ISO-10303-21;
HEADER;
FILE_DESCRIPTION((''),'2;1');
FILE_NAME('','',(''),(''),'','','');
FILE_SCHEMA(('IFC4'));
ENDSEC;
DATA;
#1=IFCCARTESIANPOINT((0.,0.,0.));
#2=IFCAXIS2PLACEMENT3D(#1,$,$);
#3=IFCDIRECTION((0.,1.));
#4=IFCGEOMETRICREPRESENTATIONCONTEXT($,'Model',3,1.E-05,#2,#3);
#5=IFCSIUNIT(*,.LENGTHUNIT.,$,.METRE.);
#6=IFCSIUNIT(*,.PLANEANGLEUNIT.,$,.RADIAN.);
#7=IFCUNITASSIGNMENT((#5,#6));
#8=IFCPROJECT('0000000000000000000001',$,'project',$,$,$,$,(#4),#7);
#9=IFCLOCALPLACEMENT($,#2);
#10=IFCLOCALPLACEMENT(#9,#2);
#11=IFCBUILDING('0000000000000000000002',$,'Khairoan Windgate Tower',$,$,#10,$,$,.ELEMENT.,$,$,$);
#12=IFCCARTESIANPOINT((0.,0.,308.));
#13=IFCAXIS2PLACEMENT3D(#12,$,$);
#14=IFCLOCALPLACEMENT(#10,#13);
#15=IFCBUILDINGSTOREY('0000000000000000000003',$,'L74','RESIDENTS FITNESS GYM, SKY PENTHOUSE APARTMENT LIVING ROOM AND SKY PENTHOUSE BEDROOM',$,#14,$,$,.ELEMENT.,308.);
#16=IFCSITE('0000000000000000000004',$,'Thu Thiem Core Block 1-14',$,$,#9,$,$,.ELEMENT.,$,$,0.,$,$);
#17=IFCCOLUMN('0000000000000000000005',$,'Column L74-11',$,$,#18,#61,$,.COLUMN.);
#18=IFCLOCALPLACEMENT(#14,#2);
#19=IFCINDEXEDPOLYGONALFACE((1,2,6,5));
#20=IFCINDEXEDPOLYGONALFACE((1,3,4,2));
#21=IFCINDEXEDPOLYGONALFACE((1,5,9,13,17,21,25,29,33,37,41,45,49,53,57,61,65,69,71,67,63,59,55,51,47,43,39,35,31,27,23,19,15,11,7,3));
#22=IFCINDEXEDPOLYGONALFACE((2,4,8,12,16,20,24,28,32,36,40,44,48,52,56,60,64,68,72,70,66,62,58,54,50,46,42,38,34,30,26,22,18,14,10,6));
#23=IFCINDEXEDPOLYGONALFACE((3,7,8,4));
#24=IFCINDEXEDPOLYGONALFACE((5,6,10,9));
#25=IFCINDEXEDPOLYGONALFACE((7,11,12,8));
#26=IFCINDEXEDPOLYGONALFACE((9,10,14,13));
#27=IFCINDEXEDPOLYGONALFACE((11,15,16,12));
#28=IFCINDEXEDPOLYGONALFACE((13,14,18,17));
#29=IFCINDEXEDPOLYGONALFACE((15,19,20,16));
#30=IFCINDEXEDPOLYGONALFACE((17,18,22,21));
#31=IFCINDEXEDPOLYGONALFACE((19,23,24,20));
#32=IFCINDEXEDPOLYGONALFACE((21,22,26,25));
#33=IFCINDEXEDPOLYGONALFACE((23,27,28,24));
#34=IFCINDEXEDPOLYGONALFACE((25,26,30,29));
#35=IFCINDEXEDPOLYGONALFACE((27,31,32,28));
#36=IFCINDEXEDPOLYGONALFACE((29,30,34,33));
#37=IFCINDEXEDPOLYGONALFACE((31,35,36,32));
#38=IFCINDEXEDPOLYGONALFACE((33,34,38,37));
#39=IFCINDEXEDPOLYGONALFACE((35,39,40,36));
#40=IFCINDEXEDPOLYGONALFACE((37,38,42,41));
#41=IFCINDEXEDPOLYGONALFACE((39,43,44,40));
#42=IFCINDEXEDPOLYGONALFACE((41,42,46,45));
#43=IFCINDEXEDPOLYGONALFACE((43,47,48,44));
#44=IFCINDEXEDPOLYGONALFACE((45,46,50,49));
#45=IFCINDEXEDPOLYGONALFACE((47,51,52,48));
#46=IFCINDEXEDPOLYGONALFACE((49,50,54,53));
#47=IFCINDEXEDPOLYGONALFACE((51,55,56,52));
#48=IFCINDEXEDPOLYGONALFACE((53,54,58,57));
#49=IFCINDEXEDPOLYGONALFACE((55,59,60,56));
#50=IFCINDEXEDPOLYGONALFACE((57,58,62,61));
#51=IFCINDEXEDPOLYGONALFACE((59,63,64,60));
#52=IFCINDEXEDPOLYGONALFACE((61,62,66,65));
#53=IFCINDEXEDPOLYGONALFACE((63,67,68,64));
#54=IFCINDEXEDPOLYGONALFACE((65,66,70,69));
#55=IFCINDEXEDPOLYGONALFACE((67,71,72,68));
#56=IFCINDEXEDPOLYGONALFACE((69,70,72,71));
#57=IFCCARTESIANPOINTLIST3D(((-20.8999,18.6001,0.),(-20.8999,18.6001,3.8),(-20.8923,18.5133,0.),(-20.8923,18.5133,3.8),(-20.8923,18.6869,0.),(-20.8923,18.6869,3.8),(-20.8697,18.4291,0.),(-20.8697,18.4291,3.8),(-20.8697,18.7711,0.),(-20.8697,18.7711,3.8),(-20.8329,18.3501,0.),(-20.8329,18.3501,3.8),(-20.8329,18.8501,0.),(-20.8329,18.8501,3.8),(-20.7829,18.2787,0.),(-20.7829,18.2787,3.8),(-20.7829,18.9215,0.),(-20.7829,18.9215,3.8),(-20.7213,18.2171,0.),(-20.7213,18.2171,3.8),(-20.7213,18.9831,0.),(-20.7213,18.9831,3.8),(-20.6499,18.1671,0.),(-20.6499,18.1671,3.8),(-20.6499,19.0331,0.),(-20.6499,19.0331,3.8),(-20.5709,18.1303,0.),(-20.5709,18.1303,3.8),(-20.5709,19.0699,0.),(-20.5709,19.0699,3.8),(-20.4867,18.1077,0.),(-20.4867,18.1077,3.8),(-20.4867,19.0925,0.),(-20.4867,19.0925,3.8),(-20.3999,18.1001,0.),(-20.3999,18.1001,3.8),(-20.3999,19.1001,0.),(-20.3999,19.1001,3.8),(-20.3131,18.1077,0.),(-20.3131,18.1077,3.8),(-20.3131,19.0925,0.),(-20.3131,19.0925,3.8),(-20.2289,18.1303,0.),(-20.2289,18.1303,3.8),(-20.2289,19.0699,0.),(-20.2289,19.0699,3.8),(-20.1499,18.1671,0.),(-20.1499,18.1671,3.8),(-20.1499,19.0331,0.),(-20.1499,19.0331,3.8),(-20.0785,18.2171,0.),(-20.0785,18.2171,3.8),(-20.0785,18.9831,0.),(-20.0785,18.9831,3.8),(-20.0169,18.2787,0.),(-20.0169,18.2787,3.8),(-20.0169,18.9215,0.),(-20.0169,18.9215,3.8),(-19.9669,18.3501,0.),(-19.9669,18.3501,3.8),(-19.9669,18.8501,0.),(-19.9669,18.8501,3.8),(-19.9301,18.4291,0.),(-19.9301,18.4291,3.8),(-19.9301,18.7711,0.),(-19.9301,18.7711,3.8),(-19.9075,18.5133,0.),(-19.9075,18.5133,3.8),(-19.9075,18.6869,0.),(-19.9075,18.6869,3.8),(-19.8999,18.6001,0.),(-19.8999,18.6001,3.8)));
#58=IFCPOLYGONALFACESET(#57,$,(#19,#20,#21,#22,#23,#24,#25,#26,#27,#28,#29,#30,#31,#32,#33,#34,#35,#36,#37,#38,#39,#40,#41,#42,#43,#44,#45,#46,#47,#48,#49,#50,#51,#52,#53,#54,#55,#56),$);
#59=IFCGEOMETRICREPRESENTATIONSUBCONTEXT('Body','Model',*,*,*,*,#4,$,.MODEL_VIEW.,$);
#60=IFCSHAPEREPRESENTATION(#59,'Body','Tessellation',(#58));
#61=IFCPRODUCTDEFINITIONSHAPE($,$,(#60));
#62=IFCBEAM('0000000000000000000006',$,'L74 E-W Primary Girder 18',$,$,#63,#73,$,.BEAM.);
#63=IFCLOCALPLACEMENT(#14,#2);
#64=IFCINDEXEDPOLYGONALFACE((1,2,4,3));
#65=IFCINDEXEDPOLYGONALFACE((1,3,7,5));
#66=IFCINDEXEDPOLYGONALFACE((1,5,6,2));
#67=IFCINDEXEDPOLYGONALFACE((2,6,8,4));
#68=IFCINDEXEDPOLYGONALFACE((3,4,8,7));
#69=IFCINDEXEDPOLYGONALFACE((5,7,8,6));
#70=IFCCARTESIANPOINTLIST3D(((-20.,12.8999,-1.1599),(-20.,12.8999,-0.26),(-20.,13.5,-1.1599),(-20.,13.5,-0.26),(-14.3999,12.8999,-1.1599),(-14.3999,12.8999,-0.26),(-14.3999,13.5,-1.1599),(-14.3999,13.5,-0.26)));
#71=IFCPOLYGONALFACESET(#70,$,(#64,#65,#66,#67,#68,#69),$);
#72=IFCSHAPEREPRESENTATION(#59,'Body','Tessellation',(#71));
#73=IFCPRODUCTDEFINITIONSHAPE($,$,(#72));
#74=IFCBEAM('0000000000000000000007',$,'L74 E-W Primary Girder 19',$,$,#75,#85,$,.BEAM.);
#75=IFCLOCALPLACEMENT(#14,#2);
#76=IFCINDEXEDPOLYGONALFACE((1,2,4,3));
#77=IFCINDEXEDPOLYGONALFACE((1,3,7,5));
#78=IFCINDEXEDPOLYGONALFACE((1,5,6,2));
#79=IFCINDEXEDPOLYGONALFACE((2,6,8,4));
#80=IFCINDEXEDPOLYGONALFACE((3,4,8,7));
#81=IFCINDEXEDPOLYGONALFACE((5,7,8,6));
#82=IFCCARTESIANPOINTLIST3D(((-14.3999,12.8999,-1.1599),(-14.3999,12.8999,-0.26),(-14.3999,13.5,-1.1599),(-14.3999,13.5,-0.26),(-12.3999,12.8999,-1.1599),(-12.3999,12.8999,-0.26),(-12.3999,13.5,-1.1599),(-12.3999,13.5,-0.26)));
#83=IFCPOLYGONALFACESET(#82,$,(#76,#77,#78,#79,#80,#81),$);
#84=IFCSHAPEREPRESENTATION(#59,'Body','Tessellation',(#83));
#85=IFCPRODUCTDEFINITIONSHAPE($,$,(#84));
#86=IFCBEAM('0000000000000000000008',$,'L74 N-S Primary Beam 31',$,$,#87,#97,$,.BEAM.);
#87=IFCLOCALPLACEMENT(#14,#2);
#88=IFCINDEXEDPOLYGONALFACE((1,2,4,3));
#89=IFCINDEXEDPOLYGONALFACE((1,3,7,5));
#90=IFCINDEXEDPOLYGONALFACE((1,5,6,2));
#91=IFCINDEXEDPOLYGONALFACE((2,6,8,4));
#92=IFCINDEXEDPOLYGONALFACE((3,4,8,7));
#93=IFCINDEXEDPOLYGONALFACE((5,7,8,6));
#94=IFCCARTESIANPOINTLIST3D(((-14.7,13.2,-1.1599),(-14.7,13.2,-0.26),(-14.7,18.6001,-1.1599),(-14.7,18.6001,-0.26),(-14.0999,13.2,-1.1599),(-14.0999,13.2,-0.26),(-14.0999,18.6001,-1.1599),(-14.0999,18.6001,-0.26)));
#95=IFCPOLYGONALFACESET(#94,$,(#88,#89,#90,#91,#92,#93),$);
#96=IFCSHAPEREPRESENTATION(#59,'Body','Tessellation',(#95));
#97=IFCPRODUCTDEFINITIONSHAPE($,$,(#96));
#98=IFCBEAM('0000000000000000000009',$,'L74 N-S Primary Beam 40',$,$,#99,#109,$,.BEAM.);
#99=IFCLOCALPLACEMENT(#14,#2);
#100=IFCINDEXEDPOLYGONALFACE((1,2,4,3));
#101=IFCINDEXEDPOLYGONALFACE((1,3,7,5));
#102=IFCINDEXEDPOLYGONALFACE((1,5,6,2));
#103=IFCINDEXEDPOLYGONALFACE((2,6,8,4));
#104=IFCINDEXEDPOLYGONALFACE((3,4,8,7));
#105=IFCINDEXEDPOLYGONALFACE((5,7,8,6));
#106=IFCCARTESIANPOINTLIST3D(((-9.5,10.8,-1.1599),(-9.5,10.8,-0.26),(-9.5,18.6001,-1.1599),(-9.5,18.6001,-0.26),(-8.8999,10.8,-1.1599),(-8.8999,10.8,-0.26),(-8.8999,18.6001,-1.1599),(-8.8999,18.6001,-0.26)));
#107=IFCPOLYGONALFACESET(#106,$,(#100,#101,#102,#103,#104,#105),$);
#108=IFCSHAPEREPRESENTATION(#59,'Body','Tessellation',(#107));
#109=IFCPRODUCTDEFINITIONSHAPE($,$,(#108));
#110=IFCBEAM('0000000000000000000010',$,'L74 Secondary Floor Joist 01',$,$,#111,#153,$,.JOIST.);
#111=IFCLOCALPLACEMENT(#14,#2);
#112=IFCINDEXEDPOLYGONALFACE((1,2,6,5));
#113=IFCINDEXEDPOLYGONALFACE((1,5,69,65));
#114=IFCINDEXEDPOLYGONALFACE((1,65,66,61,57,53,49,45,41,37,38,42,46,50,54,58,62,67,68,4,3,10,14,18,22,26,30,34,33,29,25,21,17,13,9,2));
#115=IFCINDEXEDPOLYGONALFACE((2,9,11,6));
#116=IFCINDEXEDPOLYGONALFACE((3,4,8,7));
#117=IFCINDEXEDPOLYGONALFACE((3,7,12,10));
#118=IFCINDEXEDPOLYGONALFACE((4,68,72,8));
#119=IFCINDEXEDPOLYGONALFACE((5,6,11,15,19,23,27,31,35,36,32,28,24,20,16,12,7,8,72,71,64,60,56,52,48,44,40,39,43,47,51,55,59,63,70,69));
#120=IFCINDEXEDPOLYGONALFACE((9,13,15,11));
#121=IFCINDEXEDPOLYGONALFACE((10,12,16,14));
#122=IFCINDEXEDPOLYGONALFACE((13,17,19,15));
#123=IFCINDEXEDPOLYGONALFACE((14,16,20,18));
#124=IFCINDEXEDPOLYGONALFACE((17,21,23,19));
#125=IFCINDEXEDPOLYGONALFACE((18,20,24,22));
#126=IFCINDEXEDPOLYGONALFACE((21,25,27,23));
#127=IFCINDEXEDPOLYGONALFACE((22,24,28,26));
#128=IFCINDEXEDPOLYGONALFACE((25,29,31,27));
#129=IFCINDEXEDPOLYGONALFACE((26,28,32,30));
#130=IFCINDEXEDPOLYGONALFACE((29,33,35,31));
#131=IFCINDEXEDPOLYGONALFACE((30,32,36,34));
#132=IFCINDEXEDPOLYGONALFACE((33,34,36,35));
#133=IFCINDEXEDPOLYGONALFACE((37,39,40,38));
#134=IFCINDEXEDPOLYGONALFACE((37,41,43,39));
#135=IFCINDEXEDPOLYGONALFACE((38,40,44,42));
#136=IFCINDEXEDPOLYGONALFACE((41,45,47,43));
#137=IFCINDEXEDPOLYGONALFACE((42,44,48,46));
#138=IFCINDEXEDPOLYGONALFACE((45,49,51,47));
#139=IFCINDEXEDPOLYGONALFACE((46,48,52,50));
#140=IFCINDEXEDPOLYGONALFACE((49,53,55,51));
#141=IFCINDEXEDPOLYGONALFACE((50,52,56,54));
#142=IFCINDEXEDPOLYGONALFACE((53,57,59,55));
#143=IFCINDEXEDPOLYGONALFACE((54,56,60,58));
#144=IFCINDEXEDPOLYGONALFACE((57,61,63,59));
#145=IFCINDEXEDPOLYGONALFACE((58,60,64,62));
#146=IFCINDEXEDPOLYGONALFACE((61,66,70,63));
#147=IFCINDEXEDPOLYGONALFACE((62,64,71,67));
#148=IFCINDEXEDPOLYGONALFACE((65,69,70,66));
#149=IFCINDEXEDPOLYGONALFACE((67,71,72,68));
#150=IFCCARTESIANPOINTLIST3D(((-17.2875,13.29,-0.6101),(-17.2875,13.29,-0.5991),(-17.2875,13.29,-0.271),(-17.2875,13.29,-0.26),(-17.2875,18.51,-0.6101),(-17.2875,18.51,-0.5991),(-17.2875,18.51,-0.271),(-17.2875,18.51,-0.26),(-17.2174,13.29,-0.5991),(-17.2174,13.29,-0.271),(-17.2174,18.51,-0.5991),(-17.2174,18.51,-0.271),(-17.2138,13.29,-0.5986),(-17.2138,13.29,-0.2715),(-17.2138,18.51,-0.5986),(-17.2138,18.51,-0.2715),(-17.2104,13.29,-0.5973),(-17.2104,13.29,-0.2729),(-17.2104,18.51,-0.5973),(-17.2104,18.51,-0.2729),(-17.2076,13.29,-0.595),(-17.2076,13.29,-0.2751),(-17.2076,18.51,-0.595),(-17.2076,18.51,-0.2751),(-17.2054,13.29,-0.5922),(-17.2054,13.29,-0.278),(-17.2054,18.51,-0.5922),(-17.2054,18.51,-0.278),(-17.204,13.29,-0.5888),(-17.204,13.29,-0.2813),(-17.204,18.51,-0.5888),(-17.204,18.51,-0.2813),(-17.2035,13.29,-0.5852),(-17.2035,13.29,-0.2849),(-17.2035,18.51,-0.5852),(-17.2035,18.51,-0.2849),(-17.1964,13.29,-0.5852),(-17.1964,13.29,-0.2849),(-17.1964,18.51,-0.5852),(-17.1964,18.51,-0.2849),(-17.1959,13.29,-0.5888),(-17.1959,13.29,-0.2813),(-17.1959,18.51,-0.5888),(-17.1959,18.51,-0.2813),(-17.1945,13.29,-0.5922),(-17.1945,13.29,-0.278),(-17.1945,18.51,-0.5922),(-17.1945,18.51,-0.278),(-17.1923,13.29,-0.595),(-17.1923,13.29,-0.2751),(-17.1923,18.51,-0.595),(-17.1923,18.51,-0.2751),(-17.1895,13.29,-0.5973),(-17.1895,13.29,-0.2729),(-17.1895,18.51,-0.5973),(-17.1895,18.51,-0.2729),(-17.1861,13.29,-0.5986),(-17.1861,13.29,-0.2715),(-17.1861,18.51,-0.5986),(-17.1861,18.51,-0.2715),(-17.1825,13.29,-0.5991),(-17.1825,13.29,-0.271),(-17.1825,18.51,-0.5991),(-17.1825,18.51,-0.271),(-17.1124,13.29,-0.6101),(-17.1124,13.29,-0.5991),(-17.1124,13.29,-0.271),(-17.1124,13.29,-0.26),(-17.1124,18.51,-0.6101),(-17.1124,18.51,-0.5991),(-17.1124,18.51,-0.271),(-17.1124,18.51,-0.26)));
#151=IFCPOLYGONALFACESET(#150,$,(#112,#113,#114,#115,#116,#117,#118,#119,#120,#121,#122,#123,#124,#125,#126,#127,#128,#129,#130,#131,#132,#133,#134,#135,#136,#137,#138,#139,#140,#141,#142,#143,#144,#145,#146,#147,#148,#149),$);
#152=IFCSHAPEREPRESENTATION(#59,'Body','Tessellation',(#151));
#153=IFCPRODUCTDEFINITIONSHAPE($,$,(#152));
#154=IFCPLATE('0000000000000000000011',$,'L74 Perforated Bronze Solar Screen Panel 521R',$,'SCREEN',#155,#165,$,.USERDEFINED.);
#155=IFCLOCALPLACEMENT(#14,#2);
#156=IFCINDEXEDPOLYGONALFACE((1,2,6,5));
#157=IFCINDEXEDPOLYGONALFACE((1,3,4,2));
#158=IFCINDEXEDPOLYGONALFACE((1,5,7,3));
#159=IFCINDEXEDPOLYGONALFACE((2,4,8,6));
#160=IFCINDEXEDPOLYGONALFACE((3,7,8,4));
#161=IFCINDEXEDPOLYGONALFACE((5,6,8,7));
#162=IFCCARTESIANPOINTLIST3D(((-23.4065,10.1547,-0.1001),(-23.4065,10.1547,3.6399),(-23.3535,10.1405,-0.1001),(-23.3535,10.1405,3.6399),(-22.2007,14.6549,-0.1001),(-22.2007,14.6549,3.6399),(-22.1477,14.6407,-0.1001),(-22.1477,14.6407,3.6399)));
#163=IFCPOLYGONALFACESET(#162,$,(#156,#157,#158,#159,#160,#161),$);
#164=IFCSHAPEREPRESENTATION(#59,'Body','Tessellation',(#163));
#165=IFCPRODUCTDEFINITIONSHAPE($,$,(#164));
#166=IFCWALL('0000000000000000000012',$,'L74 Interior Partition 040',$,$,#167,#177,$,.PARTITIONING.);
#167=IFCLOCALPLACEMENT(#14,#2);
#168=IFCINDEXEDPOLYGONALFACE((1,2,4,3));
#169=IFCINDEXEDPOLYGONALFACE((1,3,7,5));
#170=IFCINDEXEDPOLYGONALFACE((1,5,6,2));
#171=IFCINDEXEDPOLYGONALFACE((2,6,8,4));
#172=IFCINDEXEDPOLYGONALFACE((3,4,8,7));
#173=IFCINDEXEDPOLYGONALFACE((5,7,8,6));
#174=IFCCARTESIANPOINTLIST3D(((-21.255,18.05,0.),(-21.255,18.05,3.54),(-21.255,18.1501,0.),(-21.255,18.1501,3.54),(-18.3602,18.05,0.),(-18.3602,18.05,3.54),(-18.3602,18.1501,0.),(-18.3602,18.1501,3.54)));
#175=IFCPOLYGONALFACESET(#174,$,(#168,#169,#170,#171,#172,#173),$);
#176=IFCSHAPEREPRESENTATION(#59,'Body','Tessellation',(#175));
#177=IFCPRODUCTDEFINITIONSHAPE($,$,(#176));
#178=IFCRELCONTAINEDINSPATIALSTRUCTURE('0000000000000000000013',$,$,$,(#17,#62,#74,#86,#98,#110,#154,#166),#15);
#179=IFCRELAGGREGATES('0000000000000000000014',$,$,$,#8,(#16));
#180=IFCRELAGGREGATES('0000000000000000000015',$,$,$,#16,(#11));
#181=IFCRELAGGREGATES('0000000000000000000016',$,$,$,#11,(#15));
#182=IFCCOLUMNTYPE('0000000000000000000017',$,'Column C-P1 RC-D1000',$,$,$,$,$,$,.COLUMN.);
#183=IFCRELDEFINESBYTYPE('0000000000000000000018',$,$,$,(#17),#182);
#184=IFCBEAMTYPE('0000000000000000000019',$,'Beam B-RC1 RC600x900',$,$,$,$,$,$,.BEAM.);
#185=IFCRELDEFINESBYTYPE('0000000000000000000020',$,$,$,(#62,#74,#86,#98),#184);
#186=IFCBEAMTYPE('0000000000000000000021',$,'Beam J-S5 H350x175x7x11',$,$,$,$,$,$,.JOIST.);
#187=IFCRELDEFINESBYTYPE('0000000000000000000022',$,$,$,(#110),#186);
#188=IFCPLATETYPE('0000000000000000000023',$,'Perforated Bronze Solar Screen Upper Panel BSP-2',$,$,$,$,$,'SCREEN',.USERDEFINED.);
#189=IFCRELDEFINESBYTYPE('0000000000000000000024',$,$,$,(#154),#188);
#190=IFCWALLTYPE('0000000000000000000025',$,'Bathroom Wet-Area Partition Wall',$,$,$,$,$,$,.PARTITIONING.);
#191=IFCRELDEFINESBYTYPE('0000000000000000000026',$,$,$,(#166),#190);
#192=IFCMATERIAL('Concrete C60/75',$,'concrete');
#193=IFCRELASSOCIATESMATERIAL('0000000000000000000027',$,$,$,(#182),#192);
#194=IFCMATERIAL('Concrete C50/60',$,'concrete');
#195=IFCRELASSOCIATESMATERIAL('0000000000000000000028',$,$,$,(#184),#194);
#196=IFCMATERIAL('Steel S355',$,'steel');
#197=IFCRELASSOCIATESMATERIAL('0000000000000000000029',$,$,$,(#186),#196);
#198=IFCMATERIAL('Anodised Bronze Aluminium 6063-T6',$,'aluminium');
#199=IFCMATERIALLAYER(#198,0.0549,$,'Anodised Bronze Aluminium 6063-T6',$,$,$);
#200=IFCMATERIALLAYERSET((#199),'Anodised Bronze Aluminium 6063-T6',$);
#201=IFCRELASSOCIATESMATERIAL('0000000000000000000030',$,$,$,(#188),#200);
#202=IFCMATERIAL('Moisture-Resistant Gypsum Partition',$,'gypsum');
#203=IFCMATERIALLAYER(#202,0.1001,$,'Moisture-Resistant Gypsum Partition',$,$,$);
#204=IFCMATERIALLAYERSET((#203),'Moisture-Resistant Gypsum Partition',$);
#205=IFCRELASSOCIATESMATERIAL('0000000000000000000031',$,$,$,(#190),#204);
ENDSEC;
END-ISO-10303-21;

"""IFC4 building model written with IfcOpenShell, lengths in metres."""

from ifc_helpers import new_model, si_unit, direction, frame, frame_2d, origin, origin_2d, place, context, subcontext, project, spatial, rectangle, circle, i_section, extrude, material, layer, layer_set, material_profile, profile_set, type_object, element, save


model = new_model("IFC4")

# Units and contexts
model_context = context("Model", 3, precision=1e-05, world=origin(), true_north=direction((0.0, 1.0)))
body_context = subcontext(model_context, "Body", "Model", "MODEL_VIEW")
ifc_project = project(units=[si_unit("LENGTHUNIT", "METRE"), si_unit("PLANEANGLEUNIT", "RADIAN")], contexts=[model_context])

# Site, building, storey
site_placement = place(None, origin())
site = spatial("IfcSite", under=ifc_project, at=site_placement, Name="Thu Thiem Core Block 1-14", CompositionType="ELEMENT", RefElevation=0.0)
building_placement = place(site_placement, origin())
building = spatial("IfcBuilding", under=site, at=building_placement, Name="Khairoan Windgate Tower", CompositionType="ELEMENT")
storey_placement = place(building_placement, frame((0.0, 0.0, 308.0)))
storey = spatial("IfcBuildingStorey", under=building, at=storey_placement, Name="L74", Description="RESIDENTS FITNESS GYM, SKY PENTHOUSE APARTMENT LIVING ROOM AND SKY PENTHOUSE BEDROOM", CompositionType="ELEMENT", Elevation=308.0)

# Column
ifc_material_1 = material(Name="Concrete C60/75", Category="concrete")
ifc_material_profile_1 = material_profile(ifc_material_1, circle(Radius=0.5, at=origin_2d()))
ifc_profile_set_1 = profile_set([ifc_material_profile_1], Name="Concrete C60/75")
column_type = type_object("IfcColumnType", Name="Column C-P1 RC-D1000", PredefinedType="COLUMN", material=ifc_profile_set_1)
column_placement = place(storey_placement, frame((-20.3999, 18.6001, 0.0), z_axis=(0.0, 0.0, 1.0), x_axis=(1.0, 0.0, 0.0)))
element("IfcColumn", 1, at=column_placement, inside=storey, type_object=column_type, Name="Column L74-11", PredefinedType="COLUMN", context=body_context, shape_type="SweptSolid", body=[
    extrude(circle(Radius=0.5, at=origin_2d()), origin(), (0.0, 0.0, 1.0), 3.8),
])

# Beams
ifc_material_2 = material(Name="Concrete C50/60", Category="concrete")
ifc_material_profile_2 = material_profile(ifc_material_2, rectangle(XDim=0.6001, YDim=0.8999, at=origin_2d()))
ifc_profile_set_2 = profile_set([ifc_material_profile_2], Name="Concrete C50/60")
beam_type_1 = type_object("IfcBeamType", Name="Beam B-RC1 RC600x900", PredefinedType="BEAM", material=ifc_profile_set_2)
beam_1_placement = place(storey_placement, frame((-20.0, 13.2, -0.71), z_axis=(1.0, 0.0, 0.0), x_axis=(0.0, 1.0, 0.0)))
element("IfcBeam", 2, at=beam_1_placement, inside=storey, type_object=beam_type_1, Name="L74 E-W Primary Girder 18", PredefinedType="BEAM", context=body_context, shape_type="SweptSolid", body=[
    extrude(rectangle(XDim=0.6001, YDim=0.8999, at=origin_2d()), origin(), (0.0, 0.0, 1.0), 5.6001),
])
beam_2_placement = place(storey_placement, frame((-14.3999, 13.2, -0.71), z_axis=(1.0, 0.0, 0.0), x_axis=(0.0, 1.0, 0.0)))
element("IfcBeam", 3, at=beam_2_placement, inside=storey, type_object=beam_type_1, Name="L74 E-W Primary Girder 19", PredefinedType="BEAM", context=body_context, shape_type="SweptSolid", body=[
    extrude(rectangle(XDim=0.6001, YDim=0.8999, at=origin_2d()), origin(), (0.0, 0.0, 1.0), 2.0),
])
beam_3_placement = place(storey_placement, frame((-14.3999, 13.2, -0.71), z_axis=(0.0, 1.0, 0.0), x_axis=(-1.0, 0.0, 0.0)))
element("IfcBeam", 4, at=beam_3_placement, inside=storey, type_object=beam_type_1, Name="L74 N-S Primary Beam 31", PredefinedType="BEAM", context=body_context, shape_type="SweptSolid", body=[
    extrude(rectangle(XDim=0.6001, YDim=0.8999, at=origin_2d()), origin(), (0.0, 0.0, 1.0), 5.4001),
])
beam_4_placement = place(storey_placement, frame((-9.2, 10.8, -0.71), z_axis=(0.0, 1.0, 0.0), x_axis=(-1.0, 0.0, 0.0)))
element("IfcBeam", 5, at=beam_4_placement, inside=storey, type_object=beam_type_1, Name="L74 N-S Primary Beam 40", PredefinedType="BEAM", context=body_context, shape_type="SweptSolid", body=[
    extrude(rectangle(XDim=0.6001, YDim=0.8999, at=origin_2d()), origin(), (0.0, 0.0, 1.0), 7.8),
])
ifc_material_3 = material(Name="Steel S355", Category="steel")
ifc_material_profile_3 = material_profile(ifc_material_3, i_section(OverallWidth=0.175, OverallDepth=0.3501, WebThickness=0.0071, FlangeThickness=0.011, FilletRadius=0.0139, at=origin_2d()))
ifc_profile_set_3 = profile_set([ifc_material_profile_3], Name="Steel S355")
beam_type_2 = type_object("IfcBeamType", Name="Beam J-S5 H350x175x7x11", PredefinedType="JOIST", material=ifc_profile_set_3)
beam_5_placement = place(storey_placement, frame((-17.2, 13.29, -0.4351), z_axis=(0.0, 1.0, 0.0), x_axis=(-1.0, 0.0, 0.0)))
element("IfcBeam", 6, at=beam_5_placement, inside=storey, type_object=beam_type_2, Name="L74 Secondary Floor Joist 01", PredefinedType="JOIST", context=body_context, shape_type="SweptSolid", body=[
    extrude(i_section(OverallWidth=0.175, OverallDepth=0.3501, WebThickness=0.0071, FlangeThickness=0.011, FilletRadius=0.0139, at=origin_2d()), origin(), (0.0, 0.0, 1.0), 5.22),
])

# Plate
ifc_material_4 = material(Name="Anodised Bronze Aluminium 6063-T6", Category="aluminium")
ifc_layer_1 = layer(ifc_material_4, 0.0549, Name="Anodised Bronze Aluminium 6063-T6")
ifc_layer_set_1 = layer_set([ifc_layer_1], Name="Anodised Bronze Aluminium 6063-T6")
plate_type = type_object("IfcPlateType", Name="Perforated Bronze Solar Screen Upper Panel BSP-2", ElementType="SCREEN", PredefinedType="USERDEFINED", material=ifc_layer_set_1)
plate_placement = place(storey_placement, frame((-22.7771, 12.3977, -0.1001), z_axis=(0.0, 0.0, 1.0), x_axis=(0.258819, 0.965926, 0.0)))
element("IfcPlate", 7, at=plate_placement, inside=storey, type_object=plate_type, Name="L74 Perforated Bronze Solar Screen Panel 521R", ObjectType="SCREEN", PredefinedType="USERDEFINED", context=body_context, shape_type="SweptSolid", body=[
    extrude(rectangle(XDim=4.6589, YDim=0.0549, at=origin_2d()), origin(), (0.0, 0.0, 1.0), 3.74),
])

# Wall
ifc_material_5 = material(Name="Moisture-Resistant Gypsum Partition", Category="gypsum")
ifc_layer_2 = layer(ifc_material_5, 0.1001, Name="Moisture-Resistant Gypsum Partition")
ifc_layer_set_2 = layer_set([ifc_layer_2], Name="Moisture-Resistant Gypsum Partition")
wall_type_1 = type_object("IfcWallType", Name="Bathroom Wet-Area Partition Wall", PredefinedType="PARTITIONING", material=ifc_layer_set_2)
wall_1_placement = place(storey_placement, frame((-21.2549, 18.1001, 0.0), z_axis=(0.0, 0.0, 1.0), x_axis=(1.0, 0.0, 0.0)))
element("IfcWall", 8, at=wall_1_placement, inside=storey, type_object=wall_type_1, Name="L74 Interior Partition 040", PredefinedType="PARTITIONING", context=body_context, shape_type="SweptSolid", body=[
    extrude(rectangle(XDim=2.8948, YDim=0.1001, at=frame_2d((1.4473, 0.0))), origin(), (0.0, 0.0, 1.0), 3.54),
])

save(model, "model.ifc")
